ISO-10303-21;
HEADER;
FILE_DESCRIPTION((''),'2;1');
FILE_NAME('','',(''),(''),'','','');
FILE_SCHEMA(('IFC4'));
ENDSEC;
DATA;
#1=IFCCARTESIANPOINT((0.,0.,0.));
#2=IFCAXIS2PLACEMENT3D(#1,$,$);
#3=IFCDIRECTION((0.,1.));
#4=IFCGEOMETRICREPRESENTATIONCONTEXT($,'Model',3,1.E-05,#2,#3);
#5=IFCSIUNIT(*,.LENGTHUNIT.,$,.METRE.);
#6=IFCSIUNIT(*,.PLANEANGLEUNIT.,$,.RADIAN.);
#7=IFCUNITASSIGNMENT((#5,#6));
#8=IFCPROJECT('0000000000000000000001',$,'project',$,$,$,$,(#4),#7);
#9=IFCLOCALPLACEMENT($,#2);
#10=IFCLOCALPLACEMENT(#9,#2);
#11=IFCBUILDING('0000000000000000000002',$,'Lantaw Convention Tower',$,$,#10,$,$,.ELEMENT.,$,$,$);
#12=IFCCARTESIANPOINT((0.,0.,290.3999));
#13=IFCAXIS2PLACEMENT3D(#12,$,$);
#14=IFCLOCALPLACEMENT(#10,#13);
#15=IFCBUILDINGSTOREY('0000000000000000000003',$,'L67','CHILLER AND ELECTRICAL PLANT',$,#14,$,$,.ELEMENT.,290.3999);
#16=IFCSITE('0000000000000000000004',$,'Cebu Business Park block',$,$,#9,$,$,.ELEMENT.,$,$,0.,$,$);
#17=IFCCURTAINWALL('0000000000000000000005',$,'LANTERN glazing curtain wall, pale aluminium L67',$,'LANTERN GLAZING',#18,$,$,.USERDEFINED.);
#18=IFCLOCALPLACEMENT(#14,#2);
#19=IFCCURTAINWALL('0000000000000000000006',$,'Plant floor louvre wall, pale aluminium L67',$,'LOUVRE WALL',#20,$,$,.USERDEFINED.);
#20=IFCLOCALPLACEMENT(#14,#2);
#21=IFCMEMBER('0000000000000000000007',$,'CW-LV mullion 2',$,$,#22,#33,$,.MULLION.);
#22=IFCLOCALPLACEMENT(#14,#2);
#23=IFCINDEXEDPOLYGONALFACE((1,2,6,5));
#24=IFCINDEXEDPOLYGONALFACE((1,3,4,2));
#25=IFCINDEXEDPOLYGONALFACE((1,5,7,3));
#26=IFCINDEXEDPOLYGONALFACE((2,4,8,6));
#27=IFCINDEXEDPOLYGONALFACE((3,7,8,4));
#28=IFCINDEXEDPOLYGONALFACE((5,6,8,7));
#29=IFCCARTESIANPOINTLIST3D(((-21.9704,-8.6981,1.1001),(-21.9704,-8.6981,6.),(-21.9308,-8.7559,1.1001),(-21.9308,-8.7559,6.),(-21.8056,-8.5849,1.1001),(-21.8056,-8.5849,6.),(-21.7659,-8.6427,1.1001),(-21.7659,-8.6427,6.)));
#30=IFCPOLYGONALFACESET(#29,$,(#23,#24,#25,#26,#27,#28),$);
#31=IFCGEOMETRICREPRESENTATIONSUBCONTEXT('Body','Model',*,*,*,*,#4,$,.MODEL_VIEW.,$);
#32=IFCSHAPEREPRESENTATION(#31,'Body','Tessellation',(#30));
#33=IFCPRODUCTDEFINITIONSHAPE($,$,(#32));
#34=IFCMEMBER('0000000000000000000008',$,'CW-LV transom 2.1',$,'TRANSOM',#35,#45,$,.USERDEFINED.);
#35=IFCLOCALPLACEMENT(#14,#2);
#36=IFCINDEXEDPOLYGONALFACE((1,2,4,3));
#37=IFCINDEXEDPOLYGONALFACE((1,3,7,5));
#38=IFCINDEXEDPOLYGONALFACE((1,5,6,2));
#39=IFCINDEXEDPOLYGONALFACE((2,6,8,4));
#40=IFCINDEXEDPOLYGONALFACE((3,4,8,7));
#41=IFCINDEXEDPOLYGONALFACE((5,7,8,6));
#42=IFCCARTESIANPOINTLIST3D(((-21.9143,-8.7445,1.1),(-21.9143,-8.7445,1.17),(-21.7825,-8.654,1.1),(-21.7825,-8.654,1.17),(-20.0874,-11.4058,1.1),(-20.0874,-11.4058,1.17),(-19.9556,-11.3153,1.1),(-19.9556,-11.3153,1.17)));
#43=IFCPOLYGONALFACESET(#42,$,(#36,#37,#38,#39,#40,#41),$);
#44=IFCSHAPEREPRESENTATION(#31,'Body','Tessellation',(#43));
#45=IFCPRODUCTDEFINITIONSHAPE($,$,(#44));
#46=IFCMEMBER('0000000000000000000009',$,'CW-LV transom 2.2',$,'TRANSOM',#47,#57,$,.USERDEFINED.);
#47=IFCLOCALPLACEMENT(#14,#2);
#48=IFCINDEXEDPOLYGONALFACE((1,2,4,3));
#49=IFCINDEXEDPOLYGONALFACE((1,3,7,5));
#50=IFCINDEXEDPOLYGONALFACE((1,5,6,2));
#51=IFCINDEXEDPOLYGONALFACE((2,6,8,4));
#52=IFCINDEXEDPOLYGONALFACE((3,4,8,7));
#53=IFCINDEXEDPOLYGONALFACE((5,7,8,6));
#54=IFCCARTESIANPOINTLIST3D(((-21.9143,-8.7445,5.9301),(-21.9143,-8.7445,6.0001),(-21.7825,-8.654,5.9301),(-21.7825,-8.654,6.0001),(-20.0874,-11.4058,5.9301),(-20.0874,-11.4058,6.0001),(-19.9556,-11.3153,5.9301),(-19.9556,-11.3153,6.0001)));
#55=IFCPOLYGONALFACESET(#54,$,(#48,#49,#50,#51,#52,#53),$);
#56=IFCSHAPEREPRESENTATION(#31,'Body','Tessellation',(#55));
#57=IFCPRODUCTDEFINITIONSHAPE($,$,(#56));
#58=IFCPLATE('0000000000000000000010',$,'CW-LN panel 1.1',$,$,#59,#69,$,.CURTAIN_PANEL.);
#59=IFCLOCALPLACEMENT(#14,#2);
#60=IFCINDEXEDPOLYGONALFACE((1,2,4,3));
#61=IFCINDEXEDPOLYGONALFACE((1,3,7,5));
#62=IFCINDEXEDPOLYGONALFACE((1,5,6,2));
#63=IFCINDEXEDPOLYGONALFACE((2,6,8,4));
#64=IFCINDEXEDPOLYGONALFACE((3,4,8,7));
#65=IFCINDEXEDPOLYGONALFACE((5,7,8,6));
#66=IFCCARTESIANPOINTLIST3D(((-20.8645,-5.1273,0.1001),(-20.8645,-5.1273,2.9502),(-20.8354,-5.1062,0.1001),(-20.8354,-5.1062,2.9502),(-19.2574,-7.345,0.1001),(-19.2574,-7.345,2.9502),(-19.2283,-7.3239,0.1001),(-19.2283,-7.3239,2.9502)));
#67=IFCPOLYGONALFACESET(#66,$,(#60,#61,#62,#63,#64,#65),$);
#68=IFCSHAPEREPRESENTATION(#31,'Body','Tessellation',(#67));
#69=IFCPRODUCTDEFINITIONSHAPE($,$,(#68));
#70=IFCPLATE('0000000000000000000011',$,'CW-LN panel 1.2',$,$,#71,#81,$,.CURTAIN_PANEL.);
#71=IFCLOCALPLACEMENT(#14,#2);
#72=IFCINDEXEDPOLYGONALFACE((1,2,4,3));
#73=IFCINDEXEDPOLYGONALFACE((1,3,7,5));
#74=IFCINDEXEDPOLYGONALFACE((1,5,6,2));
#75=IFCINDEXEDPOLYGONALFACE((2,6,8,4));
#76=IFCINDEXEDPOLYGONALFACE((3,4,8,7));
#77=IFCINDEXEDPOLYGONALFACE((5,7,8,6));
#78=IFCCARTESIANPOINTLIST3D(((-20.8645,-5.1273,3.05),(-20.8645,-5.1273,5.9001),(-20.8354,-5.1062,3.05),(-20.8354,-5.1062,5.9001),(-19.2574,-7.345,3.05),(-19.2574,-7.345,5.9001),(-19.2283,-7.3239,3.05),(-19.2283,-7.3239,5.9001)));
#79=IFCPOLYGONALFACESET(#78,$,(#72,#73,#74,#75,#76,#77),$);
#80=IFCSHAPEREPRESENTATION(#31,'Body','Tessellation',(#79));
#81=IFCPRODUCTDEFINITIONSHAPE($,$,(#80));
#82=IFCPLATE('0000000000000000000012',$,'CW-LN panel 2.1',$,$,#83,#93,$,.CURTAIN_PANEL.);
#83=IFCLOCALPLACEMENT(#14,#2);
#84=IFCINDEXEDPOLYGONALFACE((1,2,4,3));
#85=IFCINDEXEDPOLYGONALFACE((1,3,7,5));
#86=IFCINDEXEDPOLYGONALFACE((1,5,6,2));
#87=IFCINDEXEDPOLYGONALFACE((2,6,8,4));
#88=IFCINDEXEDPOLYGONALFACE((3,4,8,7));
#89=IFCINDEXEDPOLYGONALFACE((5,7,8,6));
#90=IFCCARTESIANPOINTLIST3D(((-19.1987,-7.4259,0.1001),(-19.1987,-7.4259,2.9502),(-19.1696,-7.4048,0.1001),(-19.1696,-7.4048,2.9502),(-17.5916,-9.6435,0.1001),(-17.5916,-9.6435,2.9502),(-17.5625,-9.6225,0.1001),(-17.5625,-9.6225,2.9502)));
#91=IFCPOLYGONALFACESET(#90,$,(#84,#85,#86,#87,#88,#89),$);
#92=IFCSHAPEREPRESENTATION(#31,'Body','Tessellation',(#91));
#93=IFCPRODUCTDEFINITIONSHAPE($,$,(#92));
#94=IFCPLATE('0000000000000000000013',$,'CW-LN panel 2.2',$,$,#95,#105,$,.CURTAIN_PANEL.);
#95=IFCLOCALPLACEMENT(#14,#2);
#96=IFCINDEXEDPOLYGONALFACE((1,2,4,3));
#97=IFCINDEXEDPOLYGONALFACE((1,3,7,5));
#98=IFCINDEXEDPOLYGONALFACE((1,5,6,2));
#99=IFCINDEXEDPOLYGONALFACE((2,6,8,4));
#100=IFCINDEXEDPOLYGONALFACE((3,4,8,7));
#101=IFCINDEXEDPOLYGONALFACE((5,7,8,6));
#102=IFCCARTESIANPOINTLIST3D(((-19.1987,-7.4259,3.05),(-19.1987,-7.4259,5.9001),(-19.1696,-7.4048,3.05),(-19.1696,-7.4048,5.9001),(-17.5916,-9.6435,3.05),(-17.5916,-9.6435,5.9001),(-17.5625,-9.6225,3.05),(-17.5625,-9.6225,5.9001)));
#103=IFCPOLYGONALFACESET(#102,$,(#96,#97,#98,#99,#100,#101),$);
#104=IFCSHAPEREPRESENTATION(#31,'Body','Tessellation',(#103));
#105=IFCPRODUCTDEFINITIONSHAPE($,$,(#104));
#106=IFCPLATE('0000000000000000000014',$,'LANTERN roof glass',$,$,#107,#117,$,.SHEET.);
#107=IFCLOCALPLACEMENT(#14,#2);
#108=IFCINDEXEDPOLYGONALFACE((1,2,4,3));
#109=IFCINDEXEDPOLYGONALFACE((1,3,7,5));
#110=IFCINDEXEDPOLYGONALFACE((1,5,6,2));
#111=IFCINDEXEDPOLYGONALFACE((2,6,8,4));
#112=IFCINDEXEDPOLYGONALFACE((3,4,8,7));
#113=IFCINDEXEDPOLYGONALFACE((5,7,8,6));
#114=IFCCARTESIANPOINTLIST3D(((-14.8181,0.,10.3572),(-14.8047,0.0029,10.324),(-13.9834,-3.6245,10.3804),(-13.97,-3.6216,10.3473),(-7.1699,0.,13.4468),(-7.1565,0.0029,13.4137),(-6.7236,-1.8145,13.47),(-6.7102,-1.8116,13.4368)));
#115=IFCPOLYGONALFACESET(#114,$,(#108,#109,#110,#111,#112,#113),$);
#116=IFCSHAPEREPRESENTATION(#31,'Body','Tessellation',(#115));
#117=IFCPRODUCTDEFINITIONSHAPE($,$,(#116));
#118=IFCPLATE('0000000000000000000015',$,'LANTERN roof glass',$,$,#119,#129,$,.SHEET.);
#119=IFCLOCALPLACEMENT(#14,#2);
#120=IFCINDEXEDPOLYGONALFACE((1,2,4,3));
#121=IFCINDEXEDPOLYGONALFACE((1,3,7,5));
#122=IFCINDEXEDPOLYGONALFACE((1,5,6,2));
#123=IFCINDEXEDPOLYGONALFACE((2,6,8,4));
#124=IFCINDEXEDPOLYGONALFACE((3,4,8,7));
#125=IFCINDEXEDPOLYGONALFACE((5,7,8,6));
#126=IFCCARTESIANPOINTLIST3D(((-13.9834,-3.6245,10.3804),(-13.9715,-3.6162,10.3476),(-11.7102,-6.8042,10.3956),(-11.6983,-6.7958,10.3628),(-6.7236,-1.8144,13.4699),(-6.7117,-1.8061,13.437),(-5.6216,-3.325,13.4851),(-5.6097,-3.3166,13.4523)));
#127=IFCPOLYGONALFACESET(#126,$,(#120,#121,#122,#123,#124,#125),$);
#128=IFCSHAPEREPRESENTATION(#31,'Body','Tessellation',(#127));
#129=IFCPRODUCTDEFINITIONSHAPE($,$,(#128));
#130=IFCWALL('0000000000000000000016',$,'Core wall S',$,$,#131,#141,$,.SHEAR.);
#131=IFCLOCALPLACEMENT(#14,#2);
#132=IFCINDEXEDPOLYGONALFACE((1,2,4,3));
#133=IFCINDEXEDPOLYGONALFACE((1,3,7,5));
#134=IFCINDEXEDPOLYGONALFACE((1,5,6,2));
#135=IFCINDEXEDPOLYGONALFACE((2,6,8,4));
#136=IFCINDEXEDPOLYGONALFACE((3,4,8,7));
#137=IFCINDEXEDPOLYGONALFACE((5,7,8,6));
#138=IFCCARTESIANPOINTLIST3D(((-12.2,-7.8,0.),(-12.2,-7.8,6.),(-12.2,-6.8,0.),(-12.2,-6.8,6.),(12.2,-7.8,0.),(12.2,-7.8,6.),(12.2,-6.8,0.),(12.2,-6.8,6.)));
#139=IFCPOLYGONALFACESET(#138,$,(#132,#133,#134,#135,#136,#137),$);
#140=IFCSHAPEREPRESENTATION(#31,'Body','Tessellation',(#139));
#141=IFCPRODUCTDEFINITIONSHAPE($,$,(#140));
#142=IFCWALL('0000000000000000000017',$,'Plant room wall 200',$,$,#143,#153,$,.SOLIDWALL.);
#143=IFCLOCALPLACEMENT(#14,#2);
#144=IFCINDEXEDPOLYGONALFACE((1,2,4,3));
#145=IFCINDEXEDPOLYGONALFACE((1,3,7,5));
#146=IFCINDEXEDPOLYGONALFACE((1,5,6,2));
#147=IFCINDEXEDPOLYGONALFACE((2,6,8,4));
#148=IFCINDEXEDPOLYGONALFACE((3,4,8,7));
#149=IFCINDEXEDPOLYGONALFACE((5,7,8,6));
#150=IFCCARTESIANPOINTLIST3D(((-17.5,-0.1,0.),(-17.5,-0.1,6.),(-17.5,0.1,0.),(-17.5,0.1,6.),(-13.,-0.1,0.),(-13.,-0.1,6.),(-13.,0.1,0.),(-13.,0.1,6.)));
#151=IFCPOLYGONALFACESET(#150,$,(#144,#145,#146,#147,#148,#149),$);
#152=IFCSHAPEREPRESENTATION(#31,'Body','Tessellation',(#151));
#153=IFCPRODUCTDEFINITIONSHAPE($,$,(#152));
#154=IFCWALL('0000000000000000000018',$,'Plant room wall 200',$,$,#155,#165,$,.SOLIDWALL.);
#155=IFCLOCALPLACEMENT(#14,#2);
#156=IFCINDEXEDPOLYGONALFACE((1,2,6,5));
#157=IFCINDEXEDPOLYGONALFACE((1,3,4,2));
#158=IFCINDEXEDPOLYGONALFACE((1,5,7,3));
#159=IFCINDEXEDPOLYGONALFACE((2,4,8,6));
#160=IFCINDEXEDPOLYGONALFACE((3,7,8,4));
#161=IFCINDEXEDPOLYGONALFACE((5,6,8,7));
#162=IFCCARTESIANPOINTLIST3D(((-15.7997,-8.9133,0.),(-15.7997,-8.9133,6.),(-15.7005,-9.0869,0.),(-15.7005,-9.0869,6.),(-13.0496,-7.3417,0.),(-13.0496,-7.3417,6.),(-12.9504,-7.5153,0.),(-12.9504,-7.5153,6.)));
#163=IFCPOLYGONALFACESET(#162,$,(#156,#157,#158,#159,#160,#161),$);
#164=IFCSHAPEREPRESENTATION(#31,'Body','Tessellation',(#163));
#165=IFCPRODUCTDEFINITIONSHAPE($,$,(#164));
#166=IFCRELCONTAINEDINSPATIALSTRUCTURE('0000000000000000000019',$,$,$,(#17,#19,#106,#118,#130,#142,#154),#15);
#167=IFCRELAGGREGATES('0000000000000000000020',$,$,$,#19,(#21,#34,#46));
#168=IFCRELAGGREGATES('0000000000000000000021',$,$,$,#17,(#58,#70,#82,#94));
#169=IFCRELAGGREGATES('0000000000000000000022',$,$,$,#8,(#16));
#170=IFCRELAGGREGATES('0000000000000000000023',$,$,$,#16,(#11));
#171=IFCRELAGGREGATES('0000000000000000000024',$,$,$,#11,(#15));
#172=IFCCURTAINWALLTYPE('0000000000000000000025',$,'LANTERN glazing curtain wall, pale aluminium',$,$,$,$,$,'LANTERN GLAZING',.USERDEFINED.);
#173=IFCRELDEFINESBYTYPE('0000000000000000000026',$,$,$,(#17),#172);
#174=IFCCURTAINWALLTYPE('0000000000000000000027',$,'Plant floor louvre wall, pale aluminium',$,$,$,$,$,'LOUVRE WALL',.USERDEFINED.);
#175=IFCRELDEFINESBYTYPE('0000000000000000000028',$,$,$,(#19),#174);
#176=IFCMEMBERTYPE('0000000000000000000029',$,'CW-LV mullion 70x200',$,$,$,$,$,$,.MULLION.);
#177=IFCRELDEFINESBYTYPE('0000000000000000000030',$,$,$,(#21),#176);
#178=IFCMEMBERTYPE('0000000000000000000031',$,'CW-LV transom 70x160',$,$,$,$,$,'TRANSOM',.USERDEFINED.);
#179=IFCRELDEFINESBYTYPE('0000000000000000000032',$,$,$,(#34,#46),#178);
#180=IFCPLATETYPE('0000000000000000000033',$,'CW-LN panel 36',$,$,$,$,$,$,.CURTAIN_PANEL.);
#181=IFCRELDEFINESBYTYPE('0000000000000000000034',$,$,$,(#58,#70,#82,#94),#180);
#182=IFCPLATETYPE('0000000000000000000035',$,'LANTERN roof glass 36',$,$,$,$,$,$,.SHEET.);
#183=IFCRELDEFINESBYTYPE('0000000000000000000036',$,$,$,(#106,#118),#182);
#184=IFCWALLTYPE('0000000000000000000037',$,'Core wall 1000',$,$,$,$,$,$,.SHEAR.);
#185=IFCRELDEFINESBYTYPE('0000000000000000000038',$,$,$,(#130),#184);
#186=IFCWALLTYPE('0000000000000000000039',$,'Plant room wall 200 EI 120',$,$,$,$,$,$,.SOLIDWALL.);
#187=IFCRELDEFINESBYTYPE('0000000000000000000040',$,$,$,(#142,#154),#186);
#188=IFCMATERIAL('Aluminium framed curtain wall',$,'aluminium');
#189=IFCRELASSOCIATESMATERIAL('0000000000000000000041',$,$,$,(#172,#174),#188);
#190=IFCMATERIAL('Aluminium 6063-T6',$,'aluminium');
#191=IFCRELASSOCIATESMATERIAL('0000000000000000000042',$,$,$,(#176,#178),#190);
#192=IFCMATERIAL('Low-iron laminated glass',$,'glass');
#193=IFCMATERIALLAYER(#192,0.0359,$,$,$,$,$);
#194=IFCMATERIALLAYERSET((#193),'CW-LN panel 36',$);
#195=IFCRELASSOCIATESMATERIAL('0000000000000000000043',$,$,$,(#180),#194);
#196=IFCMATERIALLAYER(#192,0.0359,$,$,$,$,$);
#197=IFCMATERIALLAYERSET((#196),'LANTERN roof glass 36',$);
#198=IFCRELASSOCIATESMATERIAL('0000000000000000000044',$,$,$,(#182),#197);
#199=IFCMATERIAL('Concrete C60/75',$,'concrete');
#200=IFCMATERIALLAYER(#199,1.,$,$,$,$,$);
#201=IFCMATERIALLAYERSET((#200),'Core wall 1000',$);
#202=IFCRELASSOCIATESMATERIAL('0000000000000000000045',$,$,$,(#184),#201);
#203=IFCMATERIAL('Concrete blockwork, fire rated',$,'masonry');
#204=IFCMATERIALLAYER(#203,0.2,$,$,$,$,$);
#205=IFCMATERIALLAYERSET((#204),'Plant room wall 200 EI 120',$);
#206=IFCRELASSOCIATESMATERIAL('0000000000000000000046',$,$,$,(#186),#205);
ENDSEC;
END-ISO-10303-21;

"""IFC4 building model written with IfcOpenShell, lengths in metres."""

from ifc_helpers import new_model, si_unit, direction, frame, frame_2d, origin, origin_2d, place, context, subcontext, project, spatial, polyline, rectangle, outline, extrude, material, layer, layer_set, material_profile, profile_set, type_object, element, aggregate, save


model = new_model("IFC4")

# Units and contexts
model_context = context("Model", 3, precision=1e-05, world=origin(), true_north=direction((0.0, 1.0)))
body_context = subcontext(model_context, "Body", "Model", "MODEL_VIEW")
ifc_project = project(units=[si_unit("LENGTHUNIT", "METRE"), si_unit("PLANEANGLEUNIT", "RADIAN")], contexts=[model_context])

# Site, building, storey
site_placement = place(None, origin())
site = spatial("IfcSite", under=ifc_project, at=site_placement, Name="Cebu Business Park block", CompositionType="ELEMENT", RefElevation=0.0)
building_placement = place(site_placement, origin())
building = spatial("IfcBuilding", under=site, at=building_placement, Name="Lantaw Convention Tower", CompositionType="ELEMENT")
storey_placement = place(building_placement, frame((0.0, 0.0, 290.3999)))
storey = spatial("IfcBuildingStorey", under=building, at=storey_placement, Name="L67", Description="CHILLER AND ELECTRICAL PLANT", CompositionType="ELEMENT", Elevation=290.3999)

# Curtain walls, members
ifc_material_1 = material(Name="Aluminium framed curtain wall", Category="aluminium")
curtain_wall_type_1 = type_object("IfcCurtainWallType", Name="LANTERN glazing curtain wall, pale aluminium", ElementType="LANTERN GLAZING", PredefinedType="USERDEFINED", material=ifc_material_1)
curtain_wall_1_placement = place(storey_placement, origin())
curtain_wall_1 = element("IfcCurtainWall", 1, at=curtain_wall_1_placement, inside=storey, type_object=curtain_wall_type_1, Name="LANTERN glazing curtain wall, pale aluminium L67", ObjectType="LANTERN GLAZING", PredefinedType="USERDEFINED")
ifc_material_2 = material(Name="Aluminium 6063-T6", Category="aluminium")
curtain_wall_type_2 = type_object("IfcCurtainWallType", Name="Plant floor louvre wall, pale aluminium", ElementType="LOUVRE WALL", PredefinedType="USERDEFINED", material=ifc_material_1)
curtain_wall_2_placement = place(storey_placement, origin())
curtain_wall_2 = element("IfcCurtainWall", 2, at=curtain_wall_2_placement, inside=storey, type_object=curtain_wall_type_2, Name="Plant floor louvre wall, pale aluminium L67", ObjectType="LOUVRE WALL", PredefinedType="USERDEFINED")
ifc_material_profile_1 = material_profile(ifc_material_2, rectangle(XDim=0.2, YDim=0.0701, at=origin_2d()), Name="CW-LV mullion 70x200")
ifc_profile_set_1 = profile_set([ifc_material_profile_1], Name="Aluminium 6063-T6")
member_type_1 = type_object("IfcMemberType", Name="CW-LV mullion 70x200", PredefinedType="MULLION", material=ifc_profile_set_1)
member_1_placement = place(storey_placement, frame((-21.8682, -8.6704, 1.1001), z_axis=(0.0, 0.0, 1.0), x_axis=(0.82445, 0.565935, 0.0)))
member_1 = element("IfcMember", 3, at=member_1_placement, type_object=member_type_1, Name="CW-LV mullion 2", PredefinedType="MULLION", context=body_context, shape_type="SweptSolid", body=[
    extrude(rectangle(XDim=0.2, YDim=0.0701, at=origin_2d()), origin(), (0.0, 0.0, 1.0), 4.8999),
])
ifc_material_profile_2 = material_profile(ifc_material_2, rectangle(XDim=0.1599, YDim=0.0701, at=origin_2d()), Name="CW-LV transom 70x160")
ifc_profile_set_2 = profile_set([ifc_material_profile_2], Name="Aluminium 6063-T6")
member_type_2 = type_object("IfcMemberType", Name="CW-LV transom 70x160", ElementType="TRANSOM", PredefinedType="USERDEFINED", material=ifc_profile_set_2)
member_2_placement = place(storey_placement, frame((-21.8484, -8.6992, 1.135), z_axis=(0.565941, -0.824446, 0.0), x_axis=(0.824446, 0.565941, 0.0)))
member_2 = element("IfcMember", 4, at=member_2_placement, type_object=member_type_2, Name="CW-LV transom 2.1", ObjectType="TRANSOM", PredefinedType="USERDEFINED", context=body_context, shape_type="SweptSolid", body=[
    extrude(rectangle(XDim=0.1599, YDim=0.0701, at=origin_2d()), origin(), (0.0, 0.0, 1.0), 3.228),
])
member_3_placement = place(storey_placement, frame((-21.8484, -8.6992, 5.9651), z_axis=(0.565941, -0.824446, 0.0), x_axis=(0.824446, 0.565941, 0.0)))
member_3 = element("IfcMember", 5, at=member_3_placement, type_object=member_type_2, Name="CW-LV transom 2.2", ObjectType="TRANSOM", PredefinedType="USERDEFINED", context=body_context, shape_type="SweptSolid", body=[
    extrude(rectangle(XDim=0.1599, YDim=0.0701, at=origin_2d()), origin(), (0.0, 0.0, 1.0), 3.228),
])
aggregate(curtain_wall_2, [member_1, member_2, member_3])

# Plates
ifc_material_3 = material(Name="Low-iron laminated glass", Category="glass")
ifc_layer_1 = layer(ifc_material_3, 0.0359)
ifc_layer_set_1 = layer_set([ifc_layer_1], Name="CW-LN panel 36")
plate_type_1 = type_object("IfcPlateType", Name="CW-LN panel 36", PredefinedType="CURTAIN_PANEL", material=ifc_layer_set_1)
plate_1_placement = place(storey_placement, frame((-20.0464, -6.2256, 0.1001), z_axis=(0.0, 0.0, 1.0), x_axis=(0.586786, -0.809742, 0.0)))
plate_1 = element("IfcPlate", 6, at=plate_1_placement, type_object=plate_type_1, Name="CW-LN panel 1.1", PredefinedType="CURTAIN_PANEL", context=body_context, shape_type="SweptSolid", body=[
    extrude(rectangle(XDim=2.7388, YDim=0.0359, at=origin_2d()), origin(), (0.0, 0.0, 1.0), 2.8501),
])
plate_2_placement = place(storey_placement, frame((-20.0464, -6.2256, 3.05), z_axis=(0.0, 0.0, 1.0), x_axis=(0.586786, -0.809742, 0.0)))
plate_2 = element("IfcPlate", 7, at=plate_2_placement, type_object=plate_type_1, Name="CW-LN panel 1.2", PredefinedType="CURTAIN_PANEL", context=body_context, shape_type="SweptSolid", body=[
    extrude(rectangle(XDim=2.7388, YDim=0.0359, at=origin_2d()), origin(), (0.0, 0.0, 1.0), 2.8501),
])
plate_3_placement = place(storey_placement, frame((-18.3806, -8.5242, 0.1001), z_axis=(0.0, 0.0, 1.0), x_axis=(0.586786, -0.809742, 0.0)))
plate_3 = element("IfcPlate", 8, at=plate_3_placement, type_object=plate_type_1, Name="CW-LN panel 2.1", PredefinedType="CURTAIN_PANEL", context=body_context, shape_type="SweptSolid", body=[
    extrude(rectangle(XDim=2.7388, YDim=0.0359, at=origin_2d()), origin(), (0.0, 0.0, 1.0), 2.8501),
])
plate_4_placement = place(storey_placement, frame((-18.3806, -8.5242, 3.05), z_axis=(0.0, 0.0, 1.0), x_axis=(0.586786, -0.809742, 0.0)))
plate_4 = element("IfcPlate", 9, at=plate_4_placement, type_object=plate_type_1, Name="CW-LN panel 2.2", PredefinedType="CURTAIN_PANEL", context=body_context, shape_type="SweptSolid", body=[
    extrude(rectangle(XDim=2.7388, YDim=0.0359, at=origin_2d()), origin(), (0.0, 0.0, 1.0), 2.8501),
])
aggregate(curtain_wall_1, [plate_1, plate_2, plate_3, plate_4])

# Plates
ifc_layer_2 = layer(ifc_material_3, 0.0359)
ifc_layer_set_2 = layer_set([ifc_layer_2], Name="LANTERN roof glass 36")
plate_type_2 = type_object("IfcPlateType", Name="LANTERN roof glass 36", PredefinedType="SHEET", material=ifc_layer_set_2)
plate_5_placement = place(storey_placement, frame((-14.8181, 0.0, 10.3572), z_axis=(-0.373362, -0.080053, 0.924225), x_axis=(0.224413, -0.974474, 0.006251)))
element("IfcPlate", 10, at=plate_5_placement, inside=storey, type_object=plate_type_2, Name="LANTERN roof glass", PredefinedType="SHEET", context=body_context, shape_type="SweptSolid", body=[
    extrude(outline(polyline([(0.0, 0.0), (3.7195, 0.0), (3.6041, 8.094), (1.7357, 8.064), (0.0, 0.0)])), origin(), (0.0, 0.0, -1.0), 0.0359),
])
plate_6_placement = place(storey_placement, frame((-13.9834, -3.6245, 10.3804), z_axis=(-0.331221, -0.232409, 0.914483), x_axis=(0.581581, -0.813479, 0.003906)))
element("IfcPlate", 11, at=plate_6_placement, inside=storey, type_object=plate_type_2, Name="LANTERN roof glass", PredefinedType="SHEET", context=body_context, shape_type="SweptSolid", body=[
    extrude(outline(polyline([(0.0, 0.0), (3.9087, 0.0), (4.6315, 7.6288), (2.7618, 7.6091), (0.0, 0.0)])), origin(), (0.0, 0.0, -1.0), 0.0359),
])

# Walls
ifc_material_4 = material(Name="Concrete C60/75", Category="concrete")
ifc_layer_3 = layer(ifc_material_4, 1.0)
ifc_layer_set_3 = layer_set([ifc_layer_3], Name="Core wall 1000")
wall_type_1 = type_object("IfcWallType", Name="Core wall 1000", PredefinedType="SHEAR", material=ifc_layer_set_3)
wall_1_placement = place(storey_placement, frame((-12.2, -7.3, 0.0), z_axis=(0.0, 0.0, 1.0), x_axis=(1.0, 0.0, 0.0)))
element("IfcWall", 12, at=wall_1_placement, inside=storey, type_object=wall_type_1, Name="Core wall S", PredefinedType="SHEAR", context=body_context, shape_type="SweptSolid", body=[
    extrude(rectangle(XDim=24.3999, YDim=1.0, at=frame_2d((12.2, 0.0))), origin(), (0.0, 0.0, 1.0), 6.0),
])
ifc_material_5 = material(Name="Concrete blockwork, fire rated", Category="masonry")
ifc_layer_4 = layer(ifc_material_5, 0.2)
ifc_layer_set_4 = layer_set([ifc_layer_4], Name="Plant room wall 200 EI 120")
wall_type_2 = type_object("IfcWallType", Name="Plant room wall 200 EI 120", PredefinedType="SOLIDWALL", material=ifc_layer_set_4)
wall_2_placement = place(storey_placement, frame((-13.0, 0.0, 0.0), z_axis=(0.0, 0.0, 1.0), x_axis=(-1.0, 0.0, 0.0)))
element("IfcWall", 13, at=wall_2_placement, inside=storey, type_object=wall_type_2, Name="Plant room wall 200", PredefinedType="SOLIDWALL", context=body_context, shape_type="SweptSolid", body=[
    extrude(rectangle(XDim=4.5, YDim=0.2, at=frame_2d((2.25, 0.0))), origin(), (0.0, 0.0, 1.0), 6.0),
])
wall_3_placement = place(storey_placement, frame((-13.0, -7.4285, 0.0), z_axis=(0.0, 0.0, 1.0), x_axis=(-0.868229, -0.496164, 0.0)))
element("IfcWall", 14, at=wall_3_placement, inside=storey, type_object=wall_type_2, Name="Plant room wall 200", PredefinedType="SOLIDWALL", context=body_context, shape_type="SweptSolid", body=[
    extrude(rectangle(XDim=3.1675, YDim=0.2, at=frame_2d((1.5837, 0.0))), origin(), (0.0, 0.0, 1.0), 6.0),
])

save(model, "model.ifc")
